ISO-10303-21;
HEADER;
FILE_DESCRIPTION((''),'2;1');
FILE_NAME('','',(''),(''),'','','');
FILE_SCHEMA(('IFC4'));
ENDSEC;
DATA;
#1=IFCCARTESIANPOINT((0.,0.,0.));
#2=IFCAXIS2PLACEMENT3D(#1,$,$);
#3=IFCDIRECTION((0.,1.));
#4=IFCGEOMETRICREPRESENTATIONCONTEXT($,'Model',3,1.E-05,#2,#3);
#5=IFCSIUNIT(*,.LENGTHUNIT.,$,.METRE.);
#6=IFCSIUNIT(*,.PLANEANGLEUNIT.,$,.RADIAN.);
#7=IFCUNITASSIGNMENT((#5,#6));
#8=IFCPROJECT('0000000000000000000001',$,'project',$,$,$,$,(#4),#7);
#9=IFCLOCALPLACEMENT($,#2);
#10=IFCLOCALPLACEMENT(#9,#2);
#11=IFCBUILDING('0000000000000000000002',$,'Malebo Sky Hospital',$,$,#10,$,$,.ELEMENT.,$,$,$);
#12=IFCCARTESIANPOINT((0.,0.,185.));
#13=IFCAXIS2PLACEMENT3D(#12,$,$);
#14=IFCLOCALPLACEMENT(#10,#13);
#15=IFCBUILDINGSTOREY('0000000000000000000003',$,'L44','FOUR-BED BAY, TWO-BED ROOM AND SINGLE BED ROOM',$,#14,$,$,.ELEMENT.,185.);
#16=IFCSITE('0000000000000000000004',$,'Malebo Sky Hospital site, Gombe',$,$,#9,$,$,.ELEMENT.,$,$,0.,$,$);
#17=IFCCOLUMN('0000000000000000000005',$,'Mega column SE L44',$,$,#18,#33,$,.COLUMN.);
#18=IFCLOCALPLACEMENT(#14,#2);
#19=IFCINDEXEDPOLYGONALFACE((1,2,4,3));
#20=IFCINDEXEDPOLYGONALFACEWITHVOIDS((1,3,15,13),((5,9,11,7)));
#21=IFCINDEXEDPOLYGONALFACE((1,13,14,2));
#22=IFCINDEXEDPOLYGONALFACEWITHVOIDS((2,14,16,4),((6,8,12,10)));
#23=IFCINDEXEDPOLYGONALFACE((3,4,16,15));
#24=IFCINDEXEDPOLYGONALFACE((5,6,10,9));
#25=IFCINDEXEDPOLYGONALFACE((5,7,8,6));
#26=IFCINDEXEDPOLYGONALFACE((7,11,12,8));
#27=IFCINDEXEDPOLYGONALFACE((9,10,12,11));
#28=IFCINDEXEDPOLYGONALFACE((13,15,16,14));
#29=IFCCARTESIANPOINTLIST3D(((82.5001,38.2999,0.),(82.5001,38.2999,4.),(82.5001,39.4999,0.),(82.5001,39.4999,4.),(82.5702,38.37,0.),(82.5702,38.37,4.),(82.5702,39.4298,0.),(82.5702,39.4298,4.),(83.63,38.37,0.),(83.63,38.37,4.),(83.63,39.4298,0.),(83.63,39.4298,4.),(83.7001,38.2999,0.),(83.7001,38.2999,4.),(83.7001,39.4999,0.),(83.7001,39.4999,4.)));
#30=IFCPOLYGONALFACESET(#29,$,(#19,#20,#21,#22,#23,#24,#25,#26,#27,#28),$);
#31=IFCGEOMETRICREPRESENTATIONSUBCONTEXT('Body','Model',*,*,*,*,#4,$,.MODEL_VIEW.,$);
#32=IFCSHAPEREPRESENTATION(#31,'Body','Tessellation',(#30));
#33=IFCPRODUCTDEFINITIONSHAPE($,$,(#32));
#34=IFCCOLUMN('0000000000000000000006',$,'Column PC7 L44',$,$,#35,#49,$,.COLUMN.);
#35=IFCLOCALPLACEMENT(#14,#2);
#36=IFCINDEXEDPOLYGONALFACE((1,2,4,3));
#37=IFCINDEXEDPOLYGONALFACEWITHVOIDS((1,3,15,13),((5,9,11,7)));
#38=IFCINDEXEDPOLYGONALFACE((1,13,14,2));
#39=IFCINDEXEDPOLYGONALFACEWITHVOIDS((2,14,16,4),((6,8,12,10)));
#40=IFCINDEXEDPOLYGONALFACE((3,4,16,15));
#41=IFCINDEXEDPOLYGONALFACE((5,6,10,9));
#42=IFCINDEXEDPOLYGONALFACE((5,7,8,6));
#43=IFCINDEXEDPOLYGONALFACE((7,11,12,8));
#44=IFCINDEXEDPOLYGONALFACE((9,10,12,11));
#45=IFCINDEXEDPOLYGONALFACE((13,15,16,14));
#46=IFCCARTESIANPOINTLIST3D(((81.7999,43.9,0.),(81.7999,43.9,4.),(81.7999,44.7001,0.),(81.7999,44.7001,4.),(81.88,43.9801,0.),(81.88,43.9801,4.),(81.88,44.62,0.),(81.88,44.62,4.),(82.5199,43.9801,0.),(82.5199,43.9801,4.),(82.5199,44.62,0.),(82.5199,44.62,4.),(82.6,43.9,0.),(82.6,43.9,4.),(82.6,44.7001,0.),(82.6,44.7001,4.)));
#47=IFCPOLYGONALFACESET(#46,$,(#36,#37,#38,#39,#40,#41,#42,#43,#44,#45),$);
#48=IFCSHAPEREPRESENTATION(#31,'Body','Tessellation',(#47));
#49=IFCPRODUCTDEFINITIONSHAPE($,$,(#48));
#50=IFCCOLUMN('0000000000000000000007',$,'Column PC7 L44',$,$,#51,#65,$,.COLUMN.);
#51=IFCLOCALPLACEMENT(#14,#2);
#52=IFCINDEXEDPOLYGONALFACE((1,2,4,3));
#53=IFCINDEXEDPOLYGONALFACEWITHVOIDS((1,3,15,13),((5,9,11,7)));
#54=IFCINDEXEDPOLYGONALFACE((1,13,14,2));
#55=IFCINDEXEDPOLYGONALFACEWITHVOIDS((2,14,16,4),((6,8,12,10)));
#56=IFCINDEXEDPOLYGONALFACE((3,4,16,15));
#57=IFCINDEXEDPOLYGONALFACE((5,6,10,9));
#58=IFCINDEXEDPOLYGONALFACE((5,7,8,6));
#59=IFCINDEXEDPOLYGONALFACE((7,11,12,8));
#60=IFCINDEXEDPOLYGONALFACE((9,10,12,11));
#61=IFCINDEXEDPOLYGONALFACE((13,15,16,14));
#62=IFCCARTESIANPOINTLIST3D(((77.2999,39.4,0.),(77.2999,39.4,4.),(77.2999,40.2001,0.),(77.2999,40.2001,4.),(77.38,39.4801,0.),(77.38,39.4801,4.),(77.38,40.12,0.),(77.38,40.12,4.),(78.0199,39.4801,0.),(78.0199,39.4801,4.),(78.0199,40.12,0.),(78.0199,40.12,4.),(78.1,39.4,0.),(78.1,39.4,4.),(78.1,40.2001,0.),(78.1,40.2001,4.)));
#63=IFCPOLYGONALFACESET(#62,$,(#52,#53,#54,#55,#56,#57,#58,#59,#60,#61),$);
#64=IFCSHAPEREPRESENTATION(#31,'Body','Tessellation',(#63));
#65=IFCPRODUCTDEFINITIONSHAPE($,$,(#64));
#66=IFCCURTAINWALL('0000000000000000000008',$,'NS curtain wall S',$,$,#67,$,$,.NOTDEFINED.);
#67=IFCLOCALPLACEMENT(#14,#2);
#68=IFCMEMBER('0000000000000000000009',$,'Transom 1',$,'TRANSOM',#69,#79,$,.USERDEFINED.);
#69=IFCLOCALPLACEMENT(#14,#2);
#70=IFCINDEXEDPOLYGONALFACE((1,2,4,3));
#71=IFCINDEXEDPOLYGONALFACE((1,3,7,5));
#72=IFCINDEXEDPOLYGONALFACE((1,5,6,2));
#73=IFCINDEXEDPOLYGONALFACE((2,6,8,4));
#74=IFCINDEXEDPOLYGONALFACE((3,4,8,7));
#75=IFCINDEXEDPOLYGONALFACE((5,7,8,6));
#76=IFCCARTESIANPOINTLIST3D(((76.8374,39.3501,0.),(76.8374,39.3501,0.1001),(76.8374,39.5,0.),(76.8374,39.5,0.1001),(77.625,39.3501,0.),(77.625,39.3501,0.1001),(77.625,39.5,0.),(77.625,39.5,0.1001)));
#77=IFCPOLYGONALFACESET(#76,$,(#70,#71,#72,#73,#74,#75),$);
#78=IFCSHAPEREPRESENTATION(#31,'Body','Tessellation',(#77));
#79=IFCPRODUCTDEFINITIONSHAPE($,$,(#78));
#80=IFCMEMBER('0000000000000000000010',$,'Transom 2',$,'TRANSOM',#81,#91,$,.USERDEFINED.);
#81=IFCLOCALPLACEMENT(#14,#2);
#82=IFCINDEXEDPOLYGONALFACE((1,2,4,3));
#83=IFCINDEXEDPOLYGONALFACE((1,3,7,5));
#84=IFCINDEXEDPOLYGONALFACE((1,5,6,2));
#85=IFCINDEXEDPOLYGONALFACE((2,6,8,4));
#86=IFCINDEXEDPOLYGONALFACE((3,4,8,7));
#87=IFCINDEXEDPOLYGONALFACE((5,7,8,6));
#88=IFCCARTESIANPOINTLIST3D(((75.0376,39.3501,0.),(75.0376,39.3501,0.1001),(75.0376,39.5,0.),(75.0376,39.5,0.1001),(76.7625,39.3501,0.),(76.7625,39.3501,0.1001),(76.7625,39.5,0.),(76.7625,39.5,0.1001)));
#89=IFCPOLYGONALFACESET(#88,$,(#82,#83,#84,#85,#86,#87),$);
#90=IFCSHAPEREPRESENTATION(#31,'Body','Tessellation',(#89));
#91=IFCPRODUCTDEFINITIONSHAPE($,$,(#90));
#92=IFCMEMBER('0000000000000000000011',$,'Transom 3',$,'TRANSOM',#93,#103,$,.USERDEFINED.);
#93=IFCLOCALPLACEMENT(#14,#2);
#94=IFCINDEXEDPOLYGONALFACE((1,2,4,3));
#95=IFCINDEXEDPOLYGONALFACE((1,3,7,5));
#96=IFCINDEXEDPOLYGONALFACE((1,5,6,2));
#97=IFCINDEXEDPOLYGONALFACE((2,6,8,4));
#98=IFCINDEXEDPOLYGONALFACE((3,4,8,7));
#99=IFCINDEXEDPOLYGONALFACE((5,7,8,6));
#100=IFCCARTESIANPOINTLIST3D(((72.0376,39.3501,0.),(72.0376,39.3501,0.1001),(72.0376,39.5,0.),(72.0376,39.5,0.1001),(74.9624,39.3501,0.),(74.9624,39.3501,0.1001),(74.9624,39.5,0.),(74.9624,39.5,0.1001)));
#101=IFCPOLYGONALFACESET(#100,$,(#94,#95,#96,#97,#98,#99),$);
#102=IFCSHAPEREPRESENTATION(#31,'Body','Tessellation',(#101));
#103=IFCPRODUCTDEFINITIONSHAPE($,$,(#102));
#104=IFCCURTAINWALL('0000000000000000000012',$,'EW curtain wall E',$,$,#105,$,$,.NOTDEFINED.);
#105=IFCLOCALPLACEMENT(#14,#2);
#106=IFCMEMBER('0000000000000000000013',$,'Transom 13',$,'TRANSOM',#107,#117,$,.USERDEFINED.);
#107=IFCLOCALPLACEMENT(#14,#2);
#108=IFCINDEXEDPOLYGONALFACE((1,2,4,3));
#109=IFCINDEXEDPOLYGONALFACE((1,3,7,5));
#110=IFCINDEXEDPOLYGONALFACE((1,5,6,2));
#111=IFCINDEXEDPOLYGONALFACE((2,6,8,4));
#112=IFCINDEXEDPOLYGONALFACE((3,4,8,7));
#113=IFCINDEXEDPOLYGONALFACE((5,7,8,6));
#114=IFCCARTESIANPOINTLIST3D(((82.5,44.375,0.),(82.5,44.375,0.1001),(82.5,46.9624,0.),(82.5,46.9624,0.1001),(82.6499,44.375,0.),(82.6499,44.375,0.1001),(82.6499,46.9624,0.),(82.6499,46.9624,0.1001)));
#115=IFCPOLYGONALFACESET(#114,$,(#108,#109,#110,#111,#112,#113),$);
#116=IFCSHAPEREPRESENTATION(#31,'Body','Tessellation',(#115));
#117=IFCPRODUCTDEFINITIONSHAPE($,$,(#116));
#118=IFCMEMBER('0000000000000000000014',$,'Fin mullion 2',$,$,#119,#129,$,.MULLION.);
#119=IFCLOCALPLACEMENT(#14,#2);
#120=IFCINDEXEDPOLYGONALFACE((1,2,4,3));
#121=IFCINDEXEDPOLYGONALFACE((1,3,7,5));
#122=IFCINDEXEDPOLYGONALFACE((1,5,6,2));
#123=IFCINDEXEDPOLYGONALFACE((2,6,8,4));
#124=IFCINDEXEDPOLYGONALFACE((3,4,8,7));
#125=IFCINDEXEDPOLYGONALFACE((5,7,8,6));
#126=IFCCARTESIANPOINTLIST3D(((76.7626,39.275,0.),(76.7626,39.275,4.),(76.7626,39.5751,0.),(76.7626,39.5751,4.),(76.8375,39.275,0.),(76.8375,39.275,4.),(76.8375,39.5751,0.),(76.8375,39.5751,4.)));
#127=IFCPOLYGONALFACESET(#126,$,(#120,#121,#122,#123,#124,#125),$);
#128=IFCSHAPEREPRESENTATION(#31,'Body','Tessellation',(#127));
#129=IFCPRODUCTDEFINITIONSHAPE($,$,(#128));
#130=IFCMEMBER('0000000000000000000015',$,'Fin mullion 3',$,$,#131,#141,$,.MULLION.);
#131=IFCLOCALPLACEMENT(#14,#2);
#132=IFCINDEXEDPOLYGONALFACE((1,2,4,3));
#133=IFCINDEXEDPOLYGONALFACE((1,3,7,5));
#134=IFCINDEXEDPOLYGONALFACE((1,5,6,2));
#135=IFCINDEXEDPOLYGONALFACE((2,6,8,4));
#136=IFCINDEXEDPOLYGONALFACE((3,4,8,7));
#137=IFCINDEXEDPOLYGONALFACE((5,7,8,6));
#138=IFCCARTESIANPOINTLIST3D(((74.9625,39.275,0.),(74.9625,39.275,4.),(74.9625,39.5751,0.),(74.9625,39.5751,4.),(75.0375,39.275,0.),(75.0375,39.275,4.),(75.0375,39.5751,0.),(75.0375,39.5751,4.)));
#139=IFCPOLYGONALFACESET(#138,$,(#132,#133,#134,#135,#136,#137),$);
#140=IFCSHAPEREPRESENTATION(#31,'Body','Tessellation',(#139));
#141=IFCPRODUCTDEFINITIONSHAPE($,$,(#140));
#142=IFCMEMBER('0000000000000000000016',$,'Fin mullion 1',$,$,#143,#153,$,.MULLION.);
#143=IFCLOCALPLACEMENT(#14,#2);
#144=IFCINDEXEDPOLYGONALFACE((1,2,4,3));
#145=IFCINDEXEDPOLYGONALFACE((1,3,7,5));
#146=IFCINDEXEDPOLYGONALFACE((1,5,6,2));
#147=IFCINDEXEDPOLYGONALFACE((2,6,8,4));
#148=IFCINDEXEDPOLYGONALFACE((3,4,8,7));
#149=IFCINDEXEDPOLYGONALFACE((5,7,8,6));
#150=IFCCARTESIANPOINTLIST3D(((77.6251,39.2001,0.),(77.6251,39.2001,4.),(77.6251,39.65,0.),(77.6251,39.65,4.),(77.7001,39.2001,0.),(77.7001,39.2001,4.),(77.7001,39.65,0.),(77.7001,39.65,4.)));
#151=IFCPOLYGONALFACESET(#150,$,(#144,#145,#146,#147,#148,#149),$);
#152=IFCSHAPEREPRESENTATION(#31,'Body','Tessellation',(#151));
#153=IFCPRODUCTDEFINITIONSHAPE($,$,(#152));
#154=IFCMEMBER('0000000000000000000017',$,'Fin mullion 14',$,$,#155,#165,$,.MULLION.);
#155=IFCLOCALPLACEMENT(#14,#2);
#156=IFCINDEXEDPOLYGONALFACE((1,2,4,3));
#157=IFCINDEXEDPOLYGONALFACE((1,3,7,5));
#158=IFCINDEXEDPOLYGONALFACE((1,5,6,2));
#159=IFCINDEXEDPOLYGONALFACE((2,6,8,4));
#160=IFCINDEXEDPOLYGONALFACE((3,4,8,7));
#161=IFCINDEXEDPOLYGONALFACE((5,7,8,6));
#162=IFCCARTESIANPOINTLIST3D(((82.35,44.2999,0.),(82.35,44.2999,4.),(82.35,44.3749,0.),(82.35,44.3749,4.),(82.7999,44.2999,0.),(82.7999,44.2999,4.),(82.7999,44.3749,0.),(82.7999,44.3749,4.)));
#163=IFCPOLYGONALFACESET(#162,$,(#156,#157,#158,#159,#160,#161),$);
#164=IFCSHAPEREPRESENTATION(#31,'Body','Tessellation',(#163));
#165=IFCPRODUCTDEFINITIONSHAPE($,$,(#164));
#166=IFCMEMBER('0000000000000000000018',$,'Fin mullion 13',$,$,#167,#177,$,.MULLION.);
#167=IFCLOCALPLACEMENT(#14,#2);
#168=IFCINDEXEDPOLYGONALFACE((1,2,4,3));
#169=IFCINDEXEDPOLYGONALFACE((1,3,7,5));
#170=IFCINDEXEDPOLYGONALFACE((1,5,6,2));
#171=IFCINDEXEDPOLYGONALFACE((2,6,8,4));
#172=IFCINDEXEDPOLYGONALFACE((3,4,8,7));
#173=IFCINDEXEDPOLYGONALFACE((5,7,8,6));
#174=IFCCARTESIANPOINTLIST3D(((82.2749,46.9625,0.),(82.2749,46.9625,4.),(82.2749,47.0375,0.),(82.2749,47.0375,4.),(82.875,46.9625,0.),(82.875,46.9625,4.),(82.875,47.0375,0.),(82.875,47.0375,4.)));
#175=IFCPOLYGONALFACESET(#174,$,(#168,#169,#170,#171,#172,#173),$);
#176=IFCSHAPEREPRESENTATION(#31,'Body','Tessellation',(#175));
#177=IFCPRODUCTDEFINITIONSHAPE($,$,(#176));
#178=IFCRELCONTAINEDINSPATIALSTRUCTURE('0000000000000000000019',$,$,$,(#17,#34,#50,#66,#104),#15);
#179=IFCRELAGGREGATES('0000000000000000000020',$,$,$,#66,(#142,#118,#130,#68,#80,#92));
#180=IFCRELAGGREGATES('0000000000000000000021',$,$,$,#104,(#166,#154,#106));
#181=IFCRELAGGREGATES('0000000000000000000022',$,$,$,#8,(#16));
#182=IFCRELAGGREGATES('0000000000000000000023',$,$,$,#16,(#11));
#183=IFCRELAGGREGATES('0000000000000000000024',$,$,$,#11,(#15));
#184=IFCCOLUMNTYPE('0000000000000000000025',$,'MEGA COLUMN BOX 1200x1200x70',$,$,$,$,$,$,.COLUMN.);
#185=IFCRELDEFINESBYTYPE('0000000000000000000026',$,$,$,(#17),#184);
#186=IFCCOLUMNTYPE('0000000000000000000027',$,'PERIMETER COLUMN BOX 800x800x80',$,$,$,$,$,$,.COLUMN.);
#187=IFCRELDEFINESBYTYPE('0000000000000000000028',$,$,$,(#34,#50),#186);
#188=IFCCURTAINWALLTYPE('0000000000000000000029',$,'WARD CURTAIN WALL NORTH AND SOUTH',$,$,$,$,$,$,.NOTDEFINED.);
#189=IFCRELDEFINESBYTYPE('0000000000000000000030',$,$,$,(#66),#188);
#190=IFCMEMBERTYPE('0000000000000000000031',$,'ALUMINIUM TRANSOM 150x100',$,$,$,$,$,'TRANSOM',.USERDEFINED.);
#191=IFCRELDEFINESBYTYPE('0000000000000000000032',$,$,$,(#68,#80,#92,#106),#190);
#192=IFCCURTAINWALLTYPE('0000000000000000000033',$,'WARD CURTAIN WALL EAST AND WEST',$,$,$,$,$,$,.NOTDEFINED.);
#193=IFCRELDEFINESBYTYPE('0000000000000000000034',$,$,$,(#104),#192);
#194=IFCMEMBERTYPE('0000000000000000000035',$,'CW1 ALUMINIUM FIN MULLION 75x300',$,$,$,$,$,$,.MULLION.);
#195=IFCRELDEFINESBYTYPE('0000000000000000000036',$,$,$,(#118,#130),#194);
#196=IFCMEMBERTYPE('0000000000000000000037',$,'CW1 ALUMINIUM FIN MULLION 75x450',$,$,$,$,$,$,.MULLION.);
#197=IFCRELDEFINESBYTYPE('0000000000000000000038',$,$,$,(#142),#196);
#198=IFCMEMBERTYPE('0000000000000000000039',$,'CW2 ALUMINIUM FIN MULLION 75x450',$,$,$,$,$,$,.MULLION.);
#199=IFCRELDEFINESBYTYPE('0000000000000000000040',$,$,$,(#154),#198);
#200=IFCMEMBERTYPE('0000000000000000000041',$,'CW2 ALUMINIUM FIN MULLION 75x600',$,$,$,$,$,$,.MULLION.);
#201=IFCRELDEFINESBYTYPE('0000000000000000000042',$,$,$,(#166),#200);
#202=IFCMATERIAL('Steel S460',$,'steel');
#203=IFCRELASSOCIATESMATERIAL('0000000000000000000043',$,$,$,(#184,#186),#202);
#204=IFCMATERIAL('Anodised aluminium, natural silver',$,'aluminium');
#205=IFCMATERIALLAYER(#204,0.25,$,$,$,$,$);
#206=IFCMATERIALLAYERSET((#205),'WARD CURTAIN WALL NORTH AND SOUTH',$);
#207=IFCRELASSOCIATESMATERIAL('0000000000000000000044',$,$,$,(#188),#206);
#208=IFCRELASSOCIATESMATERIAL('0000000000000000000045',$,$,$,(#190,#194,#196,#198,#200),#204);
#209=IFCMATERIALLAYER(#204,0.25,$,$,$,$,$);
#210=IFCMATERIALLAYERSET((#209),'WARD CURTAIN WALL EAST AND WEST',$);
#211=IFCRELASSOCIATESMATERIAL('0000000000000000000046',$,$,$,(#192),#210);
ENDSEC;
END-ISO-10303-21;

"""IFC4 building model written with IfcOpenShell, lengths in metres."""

from ifc_helpers import new_model, si_unit, direction, frame, origin, origin_2d, place, context, subcontext, project, spatial, rectangle, hollow_rectangle, extrude, material, layer, layer_set, material_profile, profile_set, type_object, element, aggregate, save


model = new_model("IFC4")

# Units and contexts
model_context = context("Model", 3, precision=1e-05, world=origin(), true_north=direction((0.0, 1.0)))
body_context = subcontext(model_context, "Body", "Model", "MODEL_VIEW")
ifc_project = project(units=[si_unit("LENGTHUNIT", "METRE"), si_unit("PLANEANGLEUNIT", "RADIAN")], contexts=[model_context])

# Site, building, storey
site_placement = place(None, origin())
site = spatial("IfcSite", under=ifc_project, at=site_placement, Name="Malebo Sky Hospital site, Gombe", CompositionType="ELEMENT", RefElevation=0.0)
building_placement = place(site_placement, origin())
building = spatial("IfcBuilding", under=site, at=building_placement, Name="Malebo Sky Hospital", CompositionType="ELEMENT")
storey_placement = place(building_placement, frame((0.0, 0.0, 185.0)))
storey = spatial("IfcBuildingStorey", under=building, at=storey_placement, Name="L44", Description="FOUR-BED BAY, TWO-BED ROOM AND SINGLE BED ROOM", CompositionType="ELEMENT", Elevation=185.0)

# Columns
ifc_material_1 = material(Name="Steel S460", Category="steel")
ifc_material_profile_1 = material_profile(ifc_material_1, hollow_rectangle(XDim=1.2, YDim=1.2, WallThickness=0.0701, at=origin_2d()), Name="BOX 1200x1200x70")
ifc_profile_set_1 = profile_set([ifc_material_profile_1], Name="Steel S460")
column_type_1 = type_object("IfcColumnType", Name="MEGA COLUMN BOX 1200x1200x70", PredefinedType="COLUMN", material=ifc_profile_set_1)
column_placement = place(storey_placement, frame((83.1001, 38.8999, 0.0), z_axis=(0.0, 0.0, 1.0), x_axis=(1.0, 0.0, 0.0)))
element("IfcColumn", 1, at=column_placement, inside=storey, type_object=column_type_1, Name="Mega column SE L44", PredefinedType="COLUMN", context=body_context, shape_type="SweptSolid", body=[
    extrude(hollow_rectangle(XDim=1.2, YDim=1.2, WallThickness=0.0701, at=origin_2d()), origin(), (0.0, 0.0, 1.0), 4.0),
])
ifc_material_profile_2 = material_profile(ifc_material_1, hollow_rectangle(XDim=0.8, YDim=0.8, WallThickness=0.0801, at=origin_2d()), Name="BOX 800x800x80")
ifc_profile_set_2 = profile_set([ifc_material_profile_2], Name="Steel S460")
column_type_2 = type_object("IfcColumnType", Name="PERIMETER COLUMN BOX 800x800x80", PredefinedType="COLUMN", material=ifc_profile_set_2)
for number, where, z_axis, x_axis, name in (
    (2, (82.2, 44.3, 0.0), (0.0, 0.0, 1.0), (1.0, 0.0, 0.0), "Column PC7 L44"),
    (3, (77.7, 39.8, 0.0), (0.0, 0.0, 1.0), (1.0, 0.0, 0.0), "Column PC7 L44"),
):
    element("IfcColumn", number, at=place(storey_placement, frame(where, z_axis=z_axis, x_axis=x_axis)), inside=storey, type_object=column_type_2, Name=name, PredefinedType="COLUMN", context=body_context, shape_type="SweptSolid", body=[
        extrude(hollow_rectangle(XDim=0.8, YDim=0.8, WallThickness=0.0801, at=origin_2d()), origin(), (0.0, 0.0, 1.0), 4.0),
    ])

# Curtain wall, members
ifc_material_2 = material(Name="Anodised aluminium, natural silver", Category="aluminium")
ifc_layer_1 = layer(ifc_material_2, 0.25)
ifc_layer_set_1 = layer_set([ifc_layer_1], Name="WARD CURTAIN WALL NORTH AND SOUTH")
curtain_wall_type_1 = type_object("IfcCurtainWallType", Name="WARD CURTAIN WALL NORTH AND SOUTH", PredefinedType="NOTDEFINED", material=ifc_layer_set_1)
curtain_wall_1_placement = place(storey_placement, origin())
curtain_wall_1 = element("IfcCurtainWall", 4, at=curtain_wall_1_placement, inside=storey, type_object=curtain_wall_type_1, Name="NS curtain wall S", PredefinedType="NOTDEFINED")
ifc_material_profile_3 = material_profile(ifc_material_2, rectangle(XDim=0.1499, YDim=0.1001, at=origin_2d()), Name="ALUMINIUM TRANSOM 150x100")
ifc_profile_set_3 = profile_set([ifc_material_profile_3], Name="Anodised aluminium, natural silver")
member_type_1 = type_object("IfcMemberType", Name="ALUMINIUM TRANSOM 150x100", ElementType="TRANSOM", PredefinedType="USERDEFINED", material=ifc_profile_set_3)
member_1_placement = place(storey_placement, frame((77.625, 39.425, 0.05), z_axis=(-1.0, 0.0, 0.0), x_axis=(0.0, -1.0, 0.0)))
member_1 = element("IfcMember", 5, at=member_1_placement, type_object=member_type_1, Name="Transom 1", ObjectType="TRANSOM", PredefinedType="USERDEFINED", context=body_context, shape_type="SweptSolid", body=[
    extrude(rectangle(XDim=0.1499, YDim=0.1001, at=origin_2d()), origin(), (0.0, 0.0, 1.0), 0.7876),
])
member_2_placement = place(storey_placement, frame((76.7625, 39.425, 0.05), z_axis=(-1.0, 0.0, 0.0), x_axis=(0.0, -1.0, 0.0)))
member_2 = element("IfcMember", 6, at=member_2_placement, type_object=member_type_1, Name="Transom 2", ObjectType="TRANSOM", PredefinedType="USERDEFINED", context=body_context, shape_type="SweptSolid", body=[
    extrude(rectangle(XDim=0.1499, YDim=0.1001, at=origin_2d()), origin(), (0.0, 0.0, 1.0), 1.7249),
])
member_3_placement = place(storey_placement, frame((74.9624, 39.425, 0.05), z_axis=(-1.0, 0.0, 0.0), x_axis=(0.0, -1.0, 0.0)))
member_3 = element("IfcMember", 7, at=member_3_placement, type_object=member_type_1, Name="Transom 3", ObjectType="TRANSOM", PredefinedType="USERDEFINED", context=body_context, shape_type="SweptSolid", body=[
    extrude(rectangle(XDim=0.1499, YDim=0.1001, at=origin_2d()), origin(), (0.0, 0.0, 1.0), 2.9248),
])

# Curtain wall, member
ifc_layer_2 = layer(ifc_material_2, 0.25)
ifc_layer_set_2 = layer_set([ifc_layer_2], Name="WARD CURTAIN WALL EAST AND WEST")
curtain_wall_type_2 = type_object("IfcCurtainWallType", Name="WARD CURTAIN WALL EAST AND WEST", PredefinedType="NOTDEFINED", material=ifc_layer_set_2)
curtain_wall_2_placement = place(storey_placement, origin())
curtain_wall_2 = element("IfcCurtainWall", 8, at=curtain_wall_2_placement, inside=storey, type_object=curtain_wall_type_2, Name="EW curtain wall E", PredefinedType="NOTDEFINED")
member_4_placement = place(storey_placement, frame((82.575, 46.9624, 0.05), z_axis=(0.0, -1.0, 0.0), x_axis=(1.0, 0.0, 0.0)))
member_4 = element("IfcMember", 9, at=member_4_placement, type_object=member_type_1, Name="Transom 13", ObjectType="TRANSOM", PredefinedType="USERDEFINED", context=body_context, shape_type="SweptSolid", body=[
    extrude(rectangle(XDim=0.1499, YDim=0.1001, at=origin_2d()), origin(), (0.0, 0.0, 1.0), 2.5874),
])

# Members
ifc_material_profile_4 = material_profile(ifc_material_2, rectangle(XDim=0.075, YDim=0.3, at=origin_2d()), Name="CW1 ALUMINIUM FIN MULLION 75x300")
ifc_profile_set_4 = profile_set([ifc_material_profile_4], Name="Anodised aluminium, natural silver")
member_type_2 = type_object("IfcMemberType", Name="CW1 ALUMINIUM FIN MULLION 75x300", PredefinedType="MULLION", material=ifc_profile_set_4)
member_5_placement = place(storey_placement, frame((76.8, 39.425, 0.0), z_axis=(0.0, 0.0, 1.0), x_axis=(-1.0, 0.0, 0.0)))
member_5 = element("IfcMember", 10, at=member_5_placement, type_object=member_type_2, Name="Fin mullion 2", PredefinedType="MULLION", context=body_context, shape_type="SweptSolid", body=[
    extrude(rectangle(XDim=0.075, YDim=0.3, at=origin_2d()), origin(), (0.0, 0.0, 1.0), 4.0),
])
member_6_placement = place(storey_placement, frame((75.0, 39.425, 0.0), z_axis=(0.0, 0.0, 1.0), x_axis=(-1.0, 0.0, 0.0)))
member_6 = element("IfcMember", 11, at=member_6_placement, type_object=member_type_2, Name="Fin mullion 3", PredefinedType="MULLION", context=body_context, shape_type="SweptSolid", body=[
    extrude(rectangle(XDim=0.075, YDim=0.3, at=origin_2d()), origin(), (0.0, 0.0, 1.0), 4.0),
])
ifc_material_profile_5 = material_profile(ifc_material_2, rectangle(XDim=0.075, YDim=0.45, at=origin_2d()), Name="CW1 ALUMINIUM FIN MULLION 75x450")
ifc_profile_set_5 = profile_set([ifc_material_profile_5], Name="Anodised aluminium, natural silver")
member_type_3 = type_object("IfcMemberType", Name="CW1 ALUMINIUM FIN MULLION 75x450", PredefinedType="MULLION", material=ifc_profile_set_5)
member_7_placement = place(storey_placement, frame((77.6626, 39.425, 0.0), z_axis=(0.0, 0.0, 1.0), x_axis=(-1.0, 0.0, 0.0)))
member_7 = element("IfcMember", 12, at=member_7_placement, type_object=member_type_3, Name="Fin mullion 1", PredefinedType="MULLION", context=body_context, shape_type="SweptSolid", body=[
    extrude(rectangle(XDim=0.075, YDim=0.45, at=origin_2d()), origin(), (0.0, 0.0, 1.0), 4.0),
])
ifc_material_profile_6 = material_profile(ifc_material_2, rectangle(XDim=0.075, YDim=0.45, at=origin_2d()), Name="CW2 ALUMINIUM FIN MULLION 75x450")
ifc_profile_set_6 = profile_set([ifc_material_profile_6], Name="Anodised aluminium, natural silver")
member_type_4 = type_object("IfcMemberType", Name="CW2 ALUMINIUM FIN MULLION 75x450", PredefinedType="MULLION", material=ifc_profile_set_6)
member_8_placement = place(storey_placement, frame((82.575, 44.3374, 0.0), z_axis=(0.0, 0.0, 1.0), x_axis=(0.0, -1.0, 0.0)))
member_8 = element("IfcMember", 13, at=member_8_placement, type_object=member_type_4, Name="Fin mullion 14", PredefinedType="MULLION", context=body_context, shape_type="SweptSolid", body=[
    extrude(rectangle(XDim=0.075, YDim=0.45, at=origin_2d()), origin(), (0.0, 0.0, 1.0), 4.0),
])
ifc_material_profile_7 = material_profile(ifc_material_2, rectangle(XDim=0.075, YDim=0.6001, at=origin_2d()), Name="CW2 ALUMINIUM FIN MULLION 75x600")
ifc_profile_set_7 = profile_set([ifc_material_profile_7], Name="Anodised aluminium, natural silver")
member_type_5 = type_object("IfcMemberType", Name="CW2 ALUMINIUM FIN MULLION 75x600", PredefinedType="MULLION", material=ifc_profile_set_7)
member_9_placement = place(storey_placement, frame((82.575, 47.0, 0.0), z_axis=(0.0, 0.0, 1.0), x_axis=(0.0, -1.0, 0.0)))
member_9 = element("IfcMember", 14, at=member_9_placement, type_object=member_type_5, Name="Fin mullion 13", PredefinedType="MULLION", context=body_context, shape_type="SweptSolid", body=[
    extrude(rectangle(XDim=0.075, YDim=0.6001, at=origin_2d()), origin(), (0.0, 0.0, 1.0), 4.0),
])

aggregate(curtain_wall_1, [member_7, member_5, member_6, member_1, member_2, member_3])
aggregate(curtain_wall_2, [member_9, member_8, member_4])

save(model, "model.ifc")
